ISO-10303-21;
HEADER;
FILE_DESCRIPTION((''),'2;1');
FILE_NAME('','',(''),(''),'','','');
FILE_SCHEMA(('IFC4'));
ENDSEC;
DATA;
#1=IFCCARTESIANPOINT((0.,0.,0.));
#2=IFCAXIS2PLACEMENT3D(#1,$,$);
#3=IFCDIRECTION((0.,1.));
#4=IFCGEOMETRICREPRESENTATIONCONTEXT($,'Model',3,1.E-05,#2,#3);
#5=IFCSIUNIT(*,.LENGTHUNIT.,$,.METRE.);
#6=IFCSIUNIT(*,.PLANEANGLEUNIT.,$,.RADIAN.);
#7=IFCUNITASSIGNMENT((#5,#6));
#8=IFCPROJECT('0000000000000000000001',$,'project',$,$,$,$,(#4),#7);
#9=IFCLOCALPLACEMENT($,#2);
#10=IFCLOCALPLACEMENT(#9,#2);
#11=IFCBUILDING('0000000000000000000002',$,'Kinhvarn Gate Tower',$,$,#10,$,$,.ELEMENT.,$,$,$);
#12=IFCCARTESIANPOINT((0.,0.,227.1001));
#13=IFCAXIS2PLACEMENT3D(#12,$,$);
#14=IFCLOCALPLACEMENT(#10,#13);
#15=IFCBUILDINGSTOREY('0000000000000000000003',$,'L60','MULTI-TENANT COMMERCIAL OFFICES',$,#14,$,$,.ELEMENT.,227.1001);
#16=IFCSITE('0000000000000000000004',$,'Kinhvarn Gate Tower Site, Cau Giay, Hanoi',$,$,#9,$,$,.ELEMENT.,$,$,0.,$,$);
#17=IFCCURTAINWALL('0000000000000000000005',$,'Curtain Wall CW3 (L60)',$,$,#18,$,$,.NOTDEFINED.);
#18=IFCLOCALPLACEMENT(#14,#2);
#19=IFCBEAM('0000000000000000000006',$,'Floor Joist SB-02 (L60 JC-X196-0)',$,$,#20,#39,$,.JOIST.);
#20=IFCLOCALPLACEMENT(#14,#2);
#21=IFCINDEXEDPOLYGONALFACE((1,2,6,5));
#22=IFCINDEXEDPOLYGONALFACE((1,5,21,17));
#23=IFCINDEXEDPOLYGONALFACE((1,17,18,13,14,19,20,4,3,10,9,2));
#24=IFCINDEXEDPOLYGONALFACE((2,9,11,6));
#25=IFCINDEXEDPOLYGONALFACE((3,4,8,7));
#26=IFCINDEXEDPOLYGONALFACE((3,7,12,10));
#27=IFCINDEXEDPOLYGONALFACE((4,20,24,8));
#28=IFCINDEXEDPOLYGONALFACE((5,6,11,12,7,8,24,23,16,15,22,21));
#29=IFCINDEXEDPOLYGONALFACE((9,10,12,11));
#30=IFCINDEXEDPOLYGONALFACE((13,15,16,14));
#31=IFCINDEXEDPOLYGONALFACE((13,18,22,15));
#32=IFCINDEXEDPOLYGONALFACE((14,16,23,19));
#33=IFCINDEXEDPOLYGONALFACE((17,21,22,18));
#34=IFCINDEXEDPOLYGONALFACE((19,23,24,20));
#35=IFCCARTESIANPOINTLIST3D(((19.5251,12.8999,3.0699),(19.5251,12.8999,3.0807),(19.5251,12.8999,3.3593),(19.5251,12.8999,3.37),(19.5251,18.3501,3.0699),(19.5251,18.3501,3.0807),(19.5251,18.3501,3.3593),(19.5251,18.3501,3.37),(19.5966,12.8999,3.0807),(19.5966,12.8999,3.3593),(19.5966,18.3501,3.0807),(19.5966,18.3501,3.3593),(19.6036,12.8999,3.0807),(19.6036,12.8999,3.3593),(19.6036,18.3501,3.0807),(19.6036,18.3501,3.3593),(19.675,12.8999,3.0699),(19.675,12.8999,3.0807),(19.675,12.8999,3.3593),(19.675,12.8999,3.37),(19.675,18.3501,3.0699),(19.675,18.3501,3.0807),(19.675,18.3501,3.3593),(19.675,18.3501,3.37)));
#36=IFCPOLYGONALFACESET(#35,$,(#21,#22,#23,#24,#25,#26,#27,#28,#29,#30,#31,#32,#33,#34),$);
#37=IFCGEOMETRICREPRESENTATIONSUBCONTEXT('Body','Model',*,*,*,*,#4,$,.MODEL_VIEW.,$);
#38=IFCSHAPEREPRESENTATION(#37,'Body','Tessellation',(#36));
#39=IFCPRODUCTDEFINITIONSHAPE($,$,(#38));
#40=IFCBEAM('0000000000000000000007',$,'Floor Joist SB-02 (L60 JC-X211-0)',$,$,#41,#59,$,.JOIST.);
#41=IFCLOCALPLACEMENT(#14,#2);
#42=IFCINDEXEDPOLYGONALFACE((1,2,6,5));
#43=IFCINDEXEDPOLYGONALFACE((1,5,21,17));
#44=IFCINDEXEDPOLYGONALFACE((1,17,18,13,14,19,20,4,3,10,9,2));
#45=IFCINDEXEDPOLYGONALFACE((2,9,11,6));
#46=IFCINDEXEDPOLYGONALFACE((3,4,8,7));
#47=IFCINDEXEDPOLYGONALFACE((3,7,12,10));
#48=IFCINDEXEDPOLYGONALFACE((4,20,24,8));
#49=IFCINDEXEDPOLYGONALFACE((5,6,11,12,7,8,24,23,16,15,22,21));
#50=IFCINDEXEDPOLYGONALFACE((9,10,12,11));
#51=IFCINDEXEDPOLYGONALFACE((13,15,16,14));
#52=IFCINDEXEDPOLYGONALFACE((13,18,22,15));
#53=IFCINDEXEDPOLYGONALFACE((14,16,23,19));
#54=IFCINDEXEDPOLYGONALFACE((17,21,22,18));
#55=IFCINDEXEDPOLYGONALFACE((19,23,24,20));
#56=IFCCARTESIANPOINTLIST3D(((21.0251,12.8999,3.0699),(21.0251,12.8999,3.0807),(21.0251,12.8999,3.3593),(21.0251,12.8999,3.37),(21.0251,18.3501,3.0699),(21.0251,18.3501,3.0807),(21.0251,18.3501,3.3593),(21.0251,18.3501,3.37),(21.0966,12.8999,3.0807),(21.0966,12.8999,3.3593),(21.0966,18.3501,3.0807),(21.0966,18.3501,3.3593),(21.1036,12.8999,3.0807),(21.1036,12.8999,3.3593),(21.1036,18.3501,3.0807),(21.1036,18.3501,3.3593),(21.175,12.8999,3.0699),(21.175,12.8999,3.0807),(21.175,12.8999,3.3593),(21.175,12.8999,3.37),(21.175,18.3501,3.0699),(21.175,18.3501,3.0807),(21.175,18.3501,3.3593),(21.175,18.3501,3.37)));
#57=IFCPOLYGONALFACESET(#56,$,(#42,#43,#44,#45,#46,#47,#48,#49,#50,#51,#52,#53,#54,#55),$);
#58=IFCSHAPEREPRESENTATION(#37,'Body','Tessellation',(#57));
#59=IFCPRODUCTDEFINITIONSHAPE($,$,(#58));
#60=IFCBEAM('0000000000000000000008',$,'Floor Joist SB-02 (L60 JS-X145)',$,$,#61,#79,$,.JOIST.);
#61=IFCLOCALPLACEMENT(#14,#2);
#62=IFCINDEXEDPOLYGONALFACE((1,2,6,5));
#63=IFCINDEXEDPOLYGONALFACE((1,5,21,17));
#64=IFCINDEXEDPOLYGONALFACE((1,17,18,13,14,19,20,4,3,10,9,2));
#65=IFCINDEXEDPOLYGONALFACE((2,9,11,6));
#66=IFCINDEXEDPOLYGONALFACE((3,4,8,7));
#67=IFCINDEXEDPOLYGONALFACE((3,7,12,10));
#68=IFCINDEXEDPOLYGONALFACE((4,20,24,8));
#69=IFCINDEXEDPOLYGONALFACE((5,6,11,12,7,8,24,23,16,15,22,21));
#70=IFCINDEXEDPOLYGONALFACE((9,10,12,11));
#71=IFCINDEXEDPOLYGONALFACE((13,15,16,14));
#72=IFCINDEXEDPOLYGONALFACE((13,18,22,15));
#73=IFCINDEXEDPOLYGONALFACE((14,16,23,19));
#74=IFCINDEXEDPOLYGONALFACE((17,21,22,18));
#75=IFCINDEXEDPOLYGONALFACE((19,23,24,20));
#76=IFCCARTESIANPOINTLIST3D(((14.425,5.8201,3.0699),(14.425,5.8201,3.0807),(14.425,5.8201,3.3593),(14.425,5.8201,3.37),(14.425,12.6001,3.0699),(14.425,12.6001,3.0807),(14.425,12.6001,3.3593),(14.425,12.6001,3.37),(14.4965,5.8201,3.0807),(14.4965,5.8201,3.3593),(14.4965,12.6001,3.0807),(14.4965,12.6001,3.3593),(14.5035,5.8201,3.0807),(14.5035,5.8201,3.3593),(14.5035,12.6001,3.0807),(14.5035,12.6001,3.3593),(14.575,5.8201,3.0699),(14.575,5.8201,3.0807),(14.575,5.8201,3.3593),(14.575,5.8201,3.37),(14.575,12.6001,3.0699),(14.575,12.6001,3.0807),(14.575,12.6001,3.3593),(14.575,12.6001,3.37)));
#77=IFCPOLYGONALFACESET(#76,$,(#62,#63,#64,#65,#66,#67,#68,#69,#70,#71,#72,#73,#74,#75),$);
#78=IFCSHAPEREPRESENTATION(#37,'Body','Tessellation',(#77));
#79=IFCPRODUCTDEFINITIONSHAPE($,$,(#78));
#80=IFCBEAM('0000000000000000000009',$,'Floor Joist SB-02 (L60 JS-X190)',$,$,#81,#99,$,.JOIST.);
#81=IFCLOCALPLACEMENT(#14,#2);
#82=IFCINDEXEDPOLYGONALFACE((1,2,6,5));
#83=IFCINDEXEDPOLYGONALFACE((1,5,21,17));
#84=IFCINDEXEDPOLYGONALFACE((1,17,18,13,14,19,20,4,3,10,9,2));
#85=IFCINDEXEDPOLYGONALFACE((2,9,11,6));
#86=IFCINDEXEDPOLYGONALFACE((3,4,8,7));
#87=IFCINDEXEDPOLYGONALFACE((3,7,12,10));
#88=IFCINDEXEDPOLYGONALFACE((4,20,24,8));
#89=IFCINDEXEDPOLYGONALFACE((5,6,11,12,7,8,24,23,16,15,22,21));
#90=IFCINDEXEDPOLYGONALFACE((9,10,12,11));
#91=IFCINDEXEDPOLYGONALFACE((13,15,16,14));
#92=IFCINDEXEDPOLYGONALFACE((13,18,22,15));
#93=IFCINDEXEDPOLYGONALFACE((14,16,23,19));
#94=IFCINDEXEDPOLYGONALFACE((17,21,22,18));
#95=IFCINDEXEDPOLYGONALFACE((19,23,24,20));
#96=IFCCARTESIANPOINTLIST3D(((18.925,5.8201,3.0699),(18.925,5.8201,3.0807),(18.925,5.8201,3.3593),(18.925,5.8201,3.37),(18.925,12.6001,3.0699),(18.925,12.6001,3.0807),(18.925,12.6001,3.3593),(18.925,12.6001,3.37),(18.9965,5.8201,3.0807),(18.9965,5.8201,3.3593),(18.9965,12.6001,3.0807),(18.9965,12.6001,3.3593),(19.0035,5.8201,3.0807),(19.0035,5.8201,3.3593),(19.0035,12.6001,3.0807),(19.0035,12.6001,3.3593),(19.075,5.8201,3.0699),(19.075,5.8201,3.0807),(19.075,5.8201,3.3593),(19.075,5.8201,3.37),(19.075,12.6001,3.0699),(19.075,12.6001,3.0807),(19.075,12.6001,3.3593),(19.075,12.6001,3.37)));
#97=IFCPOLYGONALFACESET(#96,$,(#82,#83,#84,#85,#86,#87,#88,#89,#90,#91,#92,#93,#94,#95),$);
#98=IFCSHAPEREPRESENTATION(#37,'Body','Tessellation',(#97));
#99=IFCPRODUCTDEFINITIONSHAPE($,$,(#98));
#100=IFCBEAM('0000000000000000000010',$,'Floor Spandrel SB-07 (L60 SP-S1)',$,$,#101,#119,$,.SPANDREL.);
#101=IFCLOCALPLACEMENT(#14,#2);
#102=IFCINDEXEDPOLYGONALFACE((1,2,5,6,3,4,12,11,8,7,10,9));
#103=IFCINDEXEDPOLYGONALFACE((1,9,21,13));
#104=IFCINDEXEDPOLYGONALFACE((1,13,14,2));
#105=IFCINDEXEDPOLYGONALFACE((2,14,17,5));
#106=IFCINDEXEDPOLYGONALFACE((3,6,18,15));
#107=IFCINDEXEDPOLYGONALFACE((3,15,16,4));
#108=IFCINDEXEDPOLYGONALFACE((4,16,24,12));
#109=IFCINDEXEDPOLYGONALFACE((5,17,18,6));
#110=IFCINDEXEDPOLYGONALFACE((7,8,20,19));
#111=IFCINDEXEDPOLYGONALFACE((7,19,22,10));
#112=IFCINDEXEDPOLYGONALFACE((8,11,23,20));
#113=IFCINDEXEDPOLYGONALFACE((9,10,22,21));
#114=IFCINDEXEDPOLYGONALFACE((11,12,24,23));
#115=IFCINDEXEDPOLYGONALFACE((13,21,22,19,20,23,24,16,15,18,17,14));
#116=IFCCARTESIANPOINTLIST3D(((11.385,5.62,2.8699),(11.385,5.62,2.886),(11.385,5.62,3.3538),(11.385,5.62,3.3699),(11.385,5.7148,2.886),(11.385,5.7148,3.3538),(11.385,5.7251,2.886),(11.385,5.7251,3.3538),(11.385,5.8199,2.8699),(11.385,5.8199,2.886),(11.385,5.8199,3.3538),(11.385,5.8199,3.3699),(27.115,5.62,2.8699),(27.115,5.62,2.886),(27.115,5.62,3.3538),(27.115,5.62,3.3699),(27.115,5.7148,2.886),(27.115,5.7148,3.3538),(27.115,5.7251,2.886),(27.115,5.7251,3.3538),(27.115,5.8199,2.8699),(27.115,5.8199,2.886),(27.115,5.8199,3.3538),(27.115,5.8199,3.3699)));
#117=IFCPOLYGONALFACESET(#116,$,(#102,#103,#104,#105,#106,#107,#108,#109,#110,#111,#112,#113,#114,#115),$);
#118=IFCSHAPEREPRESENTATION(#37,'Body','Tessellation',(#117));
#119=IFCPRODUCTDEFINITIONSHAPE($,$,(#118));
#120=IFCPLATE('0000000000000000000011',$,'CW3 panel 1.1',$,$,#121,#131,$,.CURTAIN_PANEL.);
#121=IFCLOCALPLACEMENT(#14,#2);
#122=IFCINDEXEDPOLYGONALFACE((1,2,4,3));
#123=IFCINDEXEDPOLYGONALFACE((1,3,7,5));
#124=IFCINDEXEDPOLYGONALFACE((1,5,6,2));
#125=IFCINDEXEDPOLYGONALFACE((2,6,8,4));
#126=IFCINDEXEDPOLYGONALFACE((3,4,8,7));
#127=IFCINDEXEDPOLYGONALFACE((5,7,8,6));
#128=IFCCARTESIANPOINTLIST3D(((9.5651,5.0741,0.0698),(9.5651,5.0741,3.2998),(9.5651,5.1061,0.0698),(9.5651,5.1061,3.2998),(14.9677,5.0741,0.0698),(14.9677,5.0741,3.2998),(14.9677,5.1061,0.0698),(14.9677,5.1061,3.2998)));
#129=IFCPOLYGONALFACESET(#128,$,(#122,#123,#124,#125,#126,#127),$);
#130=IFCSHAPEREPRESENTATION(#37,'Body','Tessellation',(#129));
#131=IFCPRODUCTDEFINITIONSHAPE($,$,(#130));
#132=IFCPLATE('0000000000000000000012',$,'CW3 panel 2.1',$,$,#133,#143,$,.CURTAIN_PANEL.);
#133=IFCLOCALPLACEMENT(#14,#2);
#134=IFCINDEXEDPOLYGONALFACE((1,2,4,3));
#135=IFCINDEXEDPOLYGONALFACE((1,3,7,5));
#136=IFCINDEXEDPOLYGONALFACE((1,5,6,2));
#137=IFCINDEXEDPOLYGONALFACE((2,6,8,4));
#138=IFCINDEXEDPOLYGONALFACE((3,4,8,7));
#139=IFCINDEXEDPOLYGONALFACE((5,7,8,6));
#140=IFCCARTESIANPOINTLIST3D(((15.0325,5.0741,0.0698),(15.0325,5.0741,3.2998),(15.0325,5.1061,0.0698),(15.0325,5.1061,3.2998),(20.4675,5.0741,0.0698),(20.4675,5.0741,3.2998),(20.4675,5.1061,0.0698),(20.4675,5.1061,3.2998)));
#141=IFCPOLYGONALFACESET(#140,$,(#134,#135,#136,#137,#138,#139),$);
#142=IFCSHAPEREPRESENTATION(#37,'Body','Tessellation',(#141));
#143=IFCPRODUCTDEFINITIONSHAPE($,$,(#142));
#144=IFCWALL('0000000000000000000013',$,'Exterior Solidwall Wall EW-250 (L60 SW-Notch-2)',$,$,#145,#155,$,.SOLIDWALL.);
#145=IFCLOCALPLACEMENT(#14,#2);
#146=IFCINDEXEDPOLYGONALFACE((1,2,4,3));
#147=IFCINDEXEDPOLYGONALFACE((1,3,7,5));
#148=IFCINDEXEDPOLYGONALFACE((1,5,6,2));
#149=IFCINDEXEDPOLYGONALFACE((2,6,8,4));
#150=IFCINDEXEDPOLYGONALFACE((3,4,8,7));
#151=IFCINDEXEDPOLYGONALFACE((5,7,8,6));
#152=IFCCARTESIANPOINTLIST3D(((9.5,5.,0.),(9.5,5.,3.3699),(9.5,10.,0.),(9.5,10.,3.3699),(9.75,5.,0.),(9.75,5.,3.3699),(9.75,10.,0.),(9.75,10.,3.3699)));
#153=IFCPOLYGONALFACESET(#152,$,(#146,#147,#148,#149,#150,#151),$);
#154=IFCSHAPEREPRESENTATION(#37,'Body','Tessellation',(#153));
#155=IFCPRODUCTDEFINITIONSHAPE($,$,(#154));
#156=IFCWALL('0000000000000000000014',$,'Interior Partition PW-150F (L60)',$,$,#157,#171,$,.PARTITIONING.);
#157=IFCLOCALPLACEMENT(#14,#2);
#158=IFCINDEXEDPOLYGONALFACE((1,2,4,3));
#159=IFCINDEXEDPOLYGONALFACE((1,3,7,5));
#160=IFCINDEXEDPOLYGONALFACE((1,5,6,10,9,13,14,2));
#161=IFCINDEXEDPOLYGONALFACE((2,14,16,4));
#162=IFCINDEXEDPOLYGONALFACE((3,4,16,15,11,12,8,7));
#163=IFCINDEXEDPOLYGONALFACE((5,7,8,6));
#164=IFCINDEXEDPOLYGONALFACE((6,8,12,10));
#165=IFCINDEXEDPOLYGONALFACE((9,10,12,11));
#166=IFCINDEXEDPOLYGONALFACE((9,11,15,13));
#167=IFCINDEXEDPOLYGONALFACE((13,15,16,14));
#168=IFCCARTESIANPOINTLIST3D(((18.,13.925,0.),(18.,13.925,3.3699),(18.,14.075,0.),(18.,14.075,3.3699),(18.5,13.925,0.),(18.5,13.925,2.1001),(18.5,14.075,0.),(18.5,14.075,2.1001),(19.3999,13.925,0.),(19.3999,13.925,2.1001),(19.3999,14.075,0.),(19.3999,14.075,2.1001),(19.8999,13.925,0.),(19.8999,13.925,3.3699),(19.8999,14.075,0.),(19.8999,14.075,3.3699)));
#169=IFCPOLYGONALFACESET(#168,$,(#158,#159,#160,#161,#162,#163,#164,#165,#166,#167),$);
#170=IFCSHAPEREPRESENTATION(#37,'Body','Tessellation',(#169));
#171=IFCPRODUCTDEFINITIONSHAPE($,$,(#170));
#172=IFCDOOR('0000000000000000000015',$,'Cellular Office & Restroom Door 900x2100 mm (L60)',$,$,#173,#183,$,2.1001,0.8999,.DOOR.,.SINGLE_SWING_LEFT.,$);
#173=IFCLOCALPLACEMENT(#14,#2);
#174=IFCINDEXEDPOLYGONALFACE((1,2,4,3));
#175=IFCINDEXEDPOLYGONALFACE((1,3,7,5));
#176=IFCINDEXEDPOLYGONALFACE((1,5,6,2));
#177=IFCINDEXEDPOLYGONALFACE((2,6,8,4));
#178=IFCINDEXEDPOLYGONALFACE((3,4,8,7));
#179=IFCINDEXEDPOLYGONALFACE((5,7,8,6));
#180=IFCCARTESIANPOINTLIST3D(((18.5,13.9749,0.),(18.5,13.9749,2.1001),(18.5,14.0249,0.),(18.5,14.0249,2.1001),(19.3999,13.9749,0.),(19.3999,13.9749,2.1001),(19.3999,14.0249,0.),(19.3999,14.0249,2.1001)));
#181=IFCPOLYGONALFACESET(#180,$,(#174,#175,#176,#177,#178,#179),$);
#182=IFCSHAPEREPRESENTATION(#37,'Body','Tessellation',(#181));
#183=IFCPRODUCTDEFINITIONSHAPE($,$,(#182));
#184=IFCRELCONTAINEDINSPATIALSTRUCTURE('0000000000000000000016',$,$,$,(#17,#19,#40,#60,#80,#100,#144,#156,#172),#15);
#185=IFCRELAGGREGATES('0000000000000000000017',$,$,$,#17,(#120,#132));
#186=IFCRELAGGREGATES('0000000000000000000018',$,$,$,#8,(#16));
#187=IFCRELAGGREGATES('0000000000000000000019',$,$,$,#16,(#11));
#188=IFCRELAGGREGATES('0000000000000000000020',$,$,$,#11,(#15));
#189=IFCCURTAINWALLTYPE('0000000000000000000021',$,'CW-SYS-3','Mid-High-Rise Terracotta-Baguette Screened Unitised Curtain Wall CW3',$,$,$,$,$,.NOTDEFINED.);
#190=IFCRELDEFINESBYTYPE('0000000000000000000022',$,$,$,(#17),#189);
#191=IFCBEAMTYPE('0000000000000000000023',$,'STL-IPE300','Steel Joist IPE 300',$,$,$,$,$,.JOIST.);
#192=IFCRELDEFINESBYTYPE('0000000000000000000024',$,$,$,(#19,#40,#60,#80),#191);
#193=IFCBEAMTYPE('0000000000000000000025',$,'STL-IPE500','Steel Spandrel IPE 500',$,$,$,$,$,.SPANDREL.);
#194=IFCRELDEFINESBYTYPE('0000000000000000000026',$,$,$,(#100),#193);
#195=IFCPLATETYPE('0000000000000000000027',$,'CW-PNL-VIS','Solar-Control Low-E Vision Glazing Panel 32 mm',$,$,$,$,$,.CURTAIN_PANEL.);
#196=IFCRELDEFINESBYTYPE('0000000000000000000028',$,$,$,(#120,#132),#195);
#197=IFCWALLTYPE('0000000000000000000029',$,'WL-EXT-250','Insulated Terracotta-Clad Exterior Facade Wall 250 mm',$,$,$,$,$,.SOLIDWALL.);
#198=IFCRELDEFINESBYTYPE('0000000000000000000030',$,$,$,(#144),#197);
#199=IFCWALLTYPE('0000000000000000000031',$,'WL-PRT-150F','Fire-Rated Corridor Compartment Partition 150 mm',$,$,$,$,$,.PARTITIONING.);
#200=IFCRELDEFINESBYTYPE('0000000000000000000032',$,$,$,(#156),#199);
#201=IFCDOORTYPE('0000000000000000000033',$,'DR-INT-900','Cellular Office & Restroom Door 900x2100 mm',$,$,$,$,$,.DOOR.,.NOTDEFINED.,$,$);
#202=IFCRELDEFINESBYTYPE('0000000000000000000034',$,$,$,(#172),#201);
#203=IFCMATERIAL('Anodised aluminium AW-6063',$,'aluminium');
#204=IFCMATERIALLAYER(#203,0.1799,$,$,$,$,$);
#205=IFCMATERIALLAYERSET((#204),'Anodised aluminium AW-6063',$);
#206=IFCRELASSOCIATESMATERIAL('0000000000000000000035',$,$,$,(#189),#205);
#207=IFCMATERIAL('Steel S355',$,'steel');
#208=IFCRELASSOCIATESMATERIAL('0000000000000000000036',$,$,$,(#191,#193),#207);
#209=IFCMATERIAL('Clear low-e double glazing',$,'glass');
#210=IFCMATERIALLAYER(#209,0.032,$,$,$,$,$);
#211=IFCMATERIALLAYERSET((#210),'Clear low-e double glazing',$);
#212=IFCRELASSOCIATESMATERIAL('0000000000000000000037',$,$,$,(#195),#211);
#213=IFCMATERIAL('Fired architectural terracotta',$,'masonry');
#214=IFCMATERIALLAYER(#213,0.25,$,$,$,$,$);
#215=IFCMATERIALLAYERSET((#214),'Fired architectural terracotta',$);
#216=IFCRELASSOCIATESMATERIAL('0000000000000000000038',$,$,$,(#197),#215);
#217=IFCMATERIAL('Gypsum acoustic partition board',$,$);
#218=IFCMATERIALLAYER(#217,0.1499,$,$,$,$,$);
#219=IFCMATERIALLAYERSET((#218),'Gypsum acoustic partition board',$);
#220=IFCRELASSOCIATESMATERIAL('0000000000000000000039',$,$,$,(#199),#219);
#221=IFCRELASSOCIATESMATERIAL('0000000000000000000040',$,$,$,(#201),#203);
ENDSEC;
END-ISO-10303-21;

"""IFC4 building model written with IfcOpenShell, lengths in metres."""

from ifc_helpers import new_model, si_unit, direction, frame, frame_2d, origin, origin_2d, place, context, subcontext, project, spatial, rectangle, i_section, extrude, material, layer, layer_set, material_profile, profile_set, type_object, element, fill, aggregate, save


model = new_model("IFC4")

# Units and contexts
model_context = context("Model", 3, precision=1e-05, world=origin(), true_north=direction((0.0, 1.0)))
body_context = subcontext(model_context, "Body", "Model", "MODEL_VIEW")
ifc_project = project(units=[si_unit("LENGTHUNIT", "METRE"), si_unit("PLANEANGLEUNIT", "RADIAN")], contexts=[model_context])

# Site, building, storey
site_placement = place(None, origin())
site = spatial("IfcSite", under=ifc_project, at=site_placement, Name="Kinhvarn Gate Tower Site, Cau Giay, Hanoi", CompositionType="ELEMENT", RefElevation=0.0)
building_placement = place(site_placement, origin())
building = spatial("IfcBuilding", under=site, at=building_placement, Name="Kinhvarn Gate Tower", CompositionType="ELEMENT")
storey_placement = place(building_placement, frame((0.0, 0.0, 227.1001)))
storey = spatial("IfcBuildingStorey", under=building, at=storey_placement, Name="L60", Description="MULTI-TENANT COMMERCIAL OFFICES", CompositionType="ELEMENT", Elevation=227.1001)

# Curtain wall
ifc_material_1 = material(Name="Anodised aluminium AW-6063", Category="aluminium")
ifc_layer_1 = layer(ifc_material_1, 0.1799)
ifc_layer_set_1 = layer_set([ifc_layer_1], Name="Anodised aluminium AW-6063")
curtain_wall_type = type_object("IfcCurtainWallType", Name="CW-SYS-3", Description="Mid-High-Rise Terracotta-Baguette Screened Unitised Curtain Wall CW3", PredefinedType="NOTDEFINED", material=ifc_layer_set_1)
curtain_wall_placement = place(storey_placement, origin())
curtain_wall = element("IfcCurtainWall", 1, at=curtain_wall_placement, inside=storey, type_object=curtain_wall_type, Name="Curtain Wall CW3 (L60)", PredefinedType="NOTDEFINED")

# Beams
ifc_material_2 = material(Name="Steel S355", Category="steel")
ifc_material_profile_1 = material_profile(ifc_material_2, i_section(OverallWidth=0.1499, OverallDepth=0.3, WebThickness=0.0071, FlangeThickness=0.0107, at=origin_2d()), Name="IPE 300")
ifc_profile_set_1 = profile_set([ifc_material_profile_1], Name="Steel S355")
beam_type_1 = type_object("IfcBeamType", Name="STL-IPE300", Description="Steel Joist IPE 300", PredefinedType="JOIST", material=ifc_profile_set_1)
for number, where, z_axis, x_axis, name in (
    (2, (19.6001, 12.8999, 3.22), (0.0, 1.0, 0.0), (-1.0, 0.0, 0.0), "Floor Joist SB-02 (L60 JC-X196-0)"),
    (3, (21.1001, 12.8999, 3.22), (0.0, 1.0, 0.0), (-1.0, 0.0, 0.0), "Floor Joist SB-02 (L60 JC-X211-0)"),
):
    element("IfcBeam", number, at=place(storey_placement, frame(where, z_axis=z_axis, x_axis=x_axis)), inside=storey, type_object=beam_type_1, Name=name, PredefinedType="JOIST", context=body_context, shape_type="SweptSolid", body=[
        extrude(i_section(OverallWidth=0.1499, OverallDepth=0.3, WebThickness=0.0071, FlangeThickness=0.0107, at=origin_2d()), origin(), (0.0, 0.0, 1.0), 5.4502),
    ])
for number, where, z_axis, x_axis, name in (
    (4, (14.5, 5.8201, 3.22), (0.0, 1.0, 0.0), (-1.0, 0.0, 0.0), "Floor Joist SB-02 (L60 JS-X145)"),
    (5, (19.0, 5.8201, 3.22), (0.0, 1.0, 0.0), (-1.0, 0.0, 0.0), "Floor Joist SB-02 (L60 JS-X190)"),
):
    element("IfcBeam", number, at=place(storey_placement, frame(where, z_axis=z_axis, x_axis=x_axis)), inside=storey, type_object=beam_type_1, Name=name, PredefinedType="JOIST", context=body_context, shape_type="SweptSolid", body=[
        extrude(i_section(OverallWidth=0.1499, OverallDepth=0.3, WebThickness=0.0071, FlangeThickness=0.0107, at=origin_2d()), origin(), (0.0, 0.0, 1.0), 6.78),
    ])
ifc_material_profile_2 = material_profile(ifc_material_2, i_section(OverallWidth=0.2, OverallDepth=0.5, WebThickness=0.0103, FlangeThickness=0.0161, at=origin_2d()), Name="IPE 500")
ifc_profile_set_2 = profile_set([ifc_material_profile_2], Name="Steel S355")
beam_type_2 = type_object("IfcBeamType", Name="STL-IPE500", Description="Steel Spandrel IPE 500", PredefinedType="SPANDREL", material=ifc_profile_set_2)
beam_1_placement = place(storey_placement, frame((11.385, 5.72, 3.1199), z_axis=(1.0, 0.0, 0.0), x_axis=(0.0, 1.0, 0.0)))
element("IfcBeam", 6, at=beam_1_placement, inside=storey, type_object=beam_type_2, Name="Floor Spandrel SB-07 (L60 SP-S1)", PredefinedType="SPANDREL", context=body_context, shape_type="SweptSolid", body=[
    extrude(i_section(OverallWidth=0.2, OverallDepth=0.5, WebThickness=0.0103, FlangeThickness=0.0161, at=origin_2d()), origin(), (0.0, 0.0, 1.0), 15.73),
])

# Plates
ifc_material_3 = material(Name="Clear low-e double glazing", Category="glass")
ifc_layer_2 = layer(ifc_material_3, 0.032)
ifc_layer_set_2 = layer_set([ifc_layer_2], Name="Clear low-e double glazing")
plate_type = type_object("IfcPlateType", Name="CW-PNL-VIS", Description="Solar-Control Low-E Vision Glazing Panel 32 mm", PredefinedType="CURTAIN_PANEL", material=ifc_layer_set_2)
plate_1_placement = place(storey_placement, frame((12.2664, 5.0901, 0.0698), z_axis=(0.0, 0.0, 1.0), x_axis=(1.0, 0.0, 0.0)))
plate_1 = element("IfcPlate", 7, at=plate_1_placement, type_object=plate_type, Name="CW3 panel 1.1", PredefinedType="CURTAIN_PANEL", context=body_context, shape_type="SweptSolid", body=[
    extrude(rectangle(XDim=5.4026, YDim=0.032, at=origin_2d()), origin(), (0.0, 0.0, 1.0), 3.23),
])
plate_2_placement = place(storey_placement, frame((17.75, 5.0901, 0.0698), z_axis=(0.0, 0.0, 1.0), x_axis=(1.0, 0.0, 0.0)))
plate_2 = element("IfcPlate", 8, at=plate_2_placement, type_object=plate_type, Name="CW3 panel 2.1", PredefinedType="CURTAIN_PANEL", context=body_context, shape_type="SweptSolid", body=[
    extrude(rectangle(XDim=5.4351, YDim=0.032, at=origin_2d()), origin(), (0.0, 0.0, 1.0), 3.23),
])
aggregate(curtain_wall, [plate_1, plate_2])

# Wall
ifc_material_4 = material(Name="Fired architectural terracotta", Category="masonry")
ifc_layer_3 = layer(ifc_material_4, 0.25)
ifc_layer_set_3 = layer_set([ifc_layer_3], Name="Fired architectural terracotta")
wall_type_1 = type_object("IfcWallType", Name="WL-EXT-250", Description="Insulated Terracotta-Clad Exterior Facade Wall 250 mm", PredefinedType="SOLIDWALL", material=ifc_layer_set_3)
wall_1_placement = place(storey_placement, frame((9.625, 10.0, 0.0), z_axis=(0.0, 0.0, 1.0), x_axis=(0.0, -1.0, 0.0)))
element("IfcWall", 9, at=wall_1_placement, inside=storey, type_object=wall_type_1, Name="Exterior Solidwall Wall EW-250 (L60 SW-Notch-2)", PredefinedType="SOLIDWALL", context=body_context, shape_type="SweptSolid", body=[
    extrude(rectangle(XDim=5.0, YDim=0.25, at=frame_2d((2.5, 0.0))), origin(), (0.0, 0.0, 1.0), 3.3699),
])

# Wall, opening, door
ifc_material_5 = material(Name="Gypsum acoustic partition board")
ifc_layer_4 = layer(ifc_material_5, 0.1499)
ifc_layer_set_4 = layer_set([ifc_layer_4], Name="Gypsum acoustic partition board")
wall_type_2 = type_object("IfcWallType", Name="WL-PRT-150F", Description="Fire-Rated Corridor Compartment Partition 150 mm", PredefinedType="PARTITIONING", material=ifc_layer_set_4)
wall_2_placement = place(storey_placement, frame((18.0, 14.0, 0.0), z_axis=(0.0, 0.0, 1.0), x_axis=(1.0, 0.0, 0.0)))
wall_2 = element("IfcWall", 10, at=wall_2_placement, inside=storey, type_object=wall_type_2, Name="Interior Partition PW-150F (L60)", PredefinedType="PARTITIONING", context=body_context, shape_type="SweptSolid", body=[
    extrude(rectangle(XDim=1.8999, YDim=0.1499, at=frame_2d((0.95, 0.0))), origin(), (0.0, 0.0, 1.0), 3.3699),
])
opening_placement = place(wall_2_placement, frame((0.5, 0.0, 0.0)))
opening = element("IfcOpeningElement", 11, at=opening_placement, cuts=wall_2, PredefinedType="OPENING", context=body_context, shape_type="SweptSolid", body=[
    extrude(rectangle(XDim=0.8999, YDim=2.1001, at=frame_2d((0.45, 1.05))), frame((0.0, 0.085, 0.0), z_axis=(0.0, -1.0, 0.0), x_axis=(1.0, 0.0, 0.0)), (0.0, 0.0, 1.0), 0.1699),
])
door_type = type_object("IfcDoorType", Name="DR-INT-900", Description="Cellular Office & Restroom Door 900x2100 mm", OperationType="NOTDEFINED", PredefinedType="DOOR", material=ifc_material_1)
door_placement = place(opening_placement, origin())
door = element("IfcDoor", 12, at=door_placement, inside=storey, type_object=door_type, Name="Cellular Office & Restroom Door 900x2100 mm (L60)", OperationType="SINGLE_SWING_LEFT", OverallHeight=2.1001, OverallWidth=0.8999, PredefinedType="DOOR", context=body_context, shape_type="SweptSolid", body=[
    extrude(rectangle(XDim=0.8999, YDim=2.1001, at=frame_2d((0.45, 1.05))), frame((0.0, 0.0249, 0.0), z_axis=(0.0, -1.0, 0.0), x_axis=(1.0, 0.0, 0.0)), (0.0, 0.0, 1.0), 0.05),
])
fill(opening, door)

save(model, "model.ifc")
